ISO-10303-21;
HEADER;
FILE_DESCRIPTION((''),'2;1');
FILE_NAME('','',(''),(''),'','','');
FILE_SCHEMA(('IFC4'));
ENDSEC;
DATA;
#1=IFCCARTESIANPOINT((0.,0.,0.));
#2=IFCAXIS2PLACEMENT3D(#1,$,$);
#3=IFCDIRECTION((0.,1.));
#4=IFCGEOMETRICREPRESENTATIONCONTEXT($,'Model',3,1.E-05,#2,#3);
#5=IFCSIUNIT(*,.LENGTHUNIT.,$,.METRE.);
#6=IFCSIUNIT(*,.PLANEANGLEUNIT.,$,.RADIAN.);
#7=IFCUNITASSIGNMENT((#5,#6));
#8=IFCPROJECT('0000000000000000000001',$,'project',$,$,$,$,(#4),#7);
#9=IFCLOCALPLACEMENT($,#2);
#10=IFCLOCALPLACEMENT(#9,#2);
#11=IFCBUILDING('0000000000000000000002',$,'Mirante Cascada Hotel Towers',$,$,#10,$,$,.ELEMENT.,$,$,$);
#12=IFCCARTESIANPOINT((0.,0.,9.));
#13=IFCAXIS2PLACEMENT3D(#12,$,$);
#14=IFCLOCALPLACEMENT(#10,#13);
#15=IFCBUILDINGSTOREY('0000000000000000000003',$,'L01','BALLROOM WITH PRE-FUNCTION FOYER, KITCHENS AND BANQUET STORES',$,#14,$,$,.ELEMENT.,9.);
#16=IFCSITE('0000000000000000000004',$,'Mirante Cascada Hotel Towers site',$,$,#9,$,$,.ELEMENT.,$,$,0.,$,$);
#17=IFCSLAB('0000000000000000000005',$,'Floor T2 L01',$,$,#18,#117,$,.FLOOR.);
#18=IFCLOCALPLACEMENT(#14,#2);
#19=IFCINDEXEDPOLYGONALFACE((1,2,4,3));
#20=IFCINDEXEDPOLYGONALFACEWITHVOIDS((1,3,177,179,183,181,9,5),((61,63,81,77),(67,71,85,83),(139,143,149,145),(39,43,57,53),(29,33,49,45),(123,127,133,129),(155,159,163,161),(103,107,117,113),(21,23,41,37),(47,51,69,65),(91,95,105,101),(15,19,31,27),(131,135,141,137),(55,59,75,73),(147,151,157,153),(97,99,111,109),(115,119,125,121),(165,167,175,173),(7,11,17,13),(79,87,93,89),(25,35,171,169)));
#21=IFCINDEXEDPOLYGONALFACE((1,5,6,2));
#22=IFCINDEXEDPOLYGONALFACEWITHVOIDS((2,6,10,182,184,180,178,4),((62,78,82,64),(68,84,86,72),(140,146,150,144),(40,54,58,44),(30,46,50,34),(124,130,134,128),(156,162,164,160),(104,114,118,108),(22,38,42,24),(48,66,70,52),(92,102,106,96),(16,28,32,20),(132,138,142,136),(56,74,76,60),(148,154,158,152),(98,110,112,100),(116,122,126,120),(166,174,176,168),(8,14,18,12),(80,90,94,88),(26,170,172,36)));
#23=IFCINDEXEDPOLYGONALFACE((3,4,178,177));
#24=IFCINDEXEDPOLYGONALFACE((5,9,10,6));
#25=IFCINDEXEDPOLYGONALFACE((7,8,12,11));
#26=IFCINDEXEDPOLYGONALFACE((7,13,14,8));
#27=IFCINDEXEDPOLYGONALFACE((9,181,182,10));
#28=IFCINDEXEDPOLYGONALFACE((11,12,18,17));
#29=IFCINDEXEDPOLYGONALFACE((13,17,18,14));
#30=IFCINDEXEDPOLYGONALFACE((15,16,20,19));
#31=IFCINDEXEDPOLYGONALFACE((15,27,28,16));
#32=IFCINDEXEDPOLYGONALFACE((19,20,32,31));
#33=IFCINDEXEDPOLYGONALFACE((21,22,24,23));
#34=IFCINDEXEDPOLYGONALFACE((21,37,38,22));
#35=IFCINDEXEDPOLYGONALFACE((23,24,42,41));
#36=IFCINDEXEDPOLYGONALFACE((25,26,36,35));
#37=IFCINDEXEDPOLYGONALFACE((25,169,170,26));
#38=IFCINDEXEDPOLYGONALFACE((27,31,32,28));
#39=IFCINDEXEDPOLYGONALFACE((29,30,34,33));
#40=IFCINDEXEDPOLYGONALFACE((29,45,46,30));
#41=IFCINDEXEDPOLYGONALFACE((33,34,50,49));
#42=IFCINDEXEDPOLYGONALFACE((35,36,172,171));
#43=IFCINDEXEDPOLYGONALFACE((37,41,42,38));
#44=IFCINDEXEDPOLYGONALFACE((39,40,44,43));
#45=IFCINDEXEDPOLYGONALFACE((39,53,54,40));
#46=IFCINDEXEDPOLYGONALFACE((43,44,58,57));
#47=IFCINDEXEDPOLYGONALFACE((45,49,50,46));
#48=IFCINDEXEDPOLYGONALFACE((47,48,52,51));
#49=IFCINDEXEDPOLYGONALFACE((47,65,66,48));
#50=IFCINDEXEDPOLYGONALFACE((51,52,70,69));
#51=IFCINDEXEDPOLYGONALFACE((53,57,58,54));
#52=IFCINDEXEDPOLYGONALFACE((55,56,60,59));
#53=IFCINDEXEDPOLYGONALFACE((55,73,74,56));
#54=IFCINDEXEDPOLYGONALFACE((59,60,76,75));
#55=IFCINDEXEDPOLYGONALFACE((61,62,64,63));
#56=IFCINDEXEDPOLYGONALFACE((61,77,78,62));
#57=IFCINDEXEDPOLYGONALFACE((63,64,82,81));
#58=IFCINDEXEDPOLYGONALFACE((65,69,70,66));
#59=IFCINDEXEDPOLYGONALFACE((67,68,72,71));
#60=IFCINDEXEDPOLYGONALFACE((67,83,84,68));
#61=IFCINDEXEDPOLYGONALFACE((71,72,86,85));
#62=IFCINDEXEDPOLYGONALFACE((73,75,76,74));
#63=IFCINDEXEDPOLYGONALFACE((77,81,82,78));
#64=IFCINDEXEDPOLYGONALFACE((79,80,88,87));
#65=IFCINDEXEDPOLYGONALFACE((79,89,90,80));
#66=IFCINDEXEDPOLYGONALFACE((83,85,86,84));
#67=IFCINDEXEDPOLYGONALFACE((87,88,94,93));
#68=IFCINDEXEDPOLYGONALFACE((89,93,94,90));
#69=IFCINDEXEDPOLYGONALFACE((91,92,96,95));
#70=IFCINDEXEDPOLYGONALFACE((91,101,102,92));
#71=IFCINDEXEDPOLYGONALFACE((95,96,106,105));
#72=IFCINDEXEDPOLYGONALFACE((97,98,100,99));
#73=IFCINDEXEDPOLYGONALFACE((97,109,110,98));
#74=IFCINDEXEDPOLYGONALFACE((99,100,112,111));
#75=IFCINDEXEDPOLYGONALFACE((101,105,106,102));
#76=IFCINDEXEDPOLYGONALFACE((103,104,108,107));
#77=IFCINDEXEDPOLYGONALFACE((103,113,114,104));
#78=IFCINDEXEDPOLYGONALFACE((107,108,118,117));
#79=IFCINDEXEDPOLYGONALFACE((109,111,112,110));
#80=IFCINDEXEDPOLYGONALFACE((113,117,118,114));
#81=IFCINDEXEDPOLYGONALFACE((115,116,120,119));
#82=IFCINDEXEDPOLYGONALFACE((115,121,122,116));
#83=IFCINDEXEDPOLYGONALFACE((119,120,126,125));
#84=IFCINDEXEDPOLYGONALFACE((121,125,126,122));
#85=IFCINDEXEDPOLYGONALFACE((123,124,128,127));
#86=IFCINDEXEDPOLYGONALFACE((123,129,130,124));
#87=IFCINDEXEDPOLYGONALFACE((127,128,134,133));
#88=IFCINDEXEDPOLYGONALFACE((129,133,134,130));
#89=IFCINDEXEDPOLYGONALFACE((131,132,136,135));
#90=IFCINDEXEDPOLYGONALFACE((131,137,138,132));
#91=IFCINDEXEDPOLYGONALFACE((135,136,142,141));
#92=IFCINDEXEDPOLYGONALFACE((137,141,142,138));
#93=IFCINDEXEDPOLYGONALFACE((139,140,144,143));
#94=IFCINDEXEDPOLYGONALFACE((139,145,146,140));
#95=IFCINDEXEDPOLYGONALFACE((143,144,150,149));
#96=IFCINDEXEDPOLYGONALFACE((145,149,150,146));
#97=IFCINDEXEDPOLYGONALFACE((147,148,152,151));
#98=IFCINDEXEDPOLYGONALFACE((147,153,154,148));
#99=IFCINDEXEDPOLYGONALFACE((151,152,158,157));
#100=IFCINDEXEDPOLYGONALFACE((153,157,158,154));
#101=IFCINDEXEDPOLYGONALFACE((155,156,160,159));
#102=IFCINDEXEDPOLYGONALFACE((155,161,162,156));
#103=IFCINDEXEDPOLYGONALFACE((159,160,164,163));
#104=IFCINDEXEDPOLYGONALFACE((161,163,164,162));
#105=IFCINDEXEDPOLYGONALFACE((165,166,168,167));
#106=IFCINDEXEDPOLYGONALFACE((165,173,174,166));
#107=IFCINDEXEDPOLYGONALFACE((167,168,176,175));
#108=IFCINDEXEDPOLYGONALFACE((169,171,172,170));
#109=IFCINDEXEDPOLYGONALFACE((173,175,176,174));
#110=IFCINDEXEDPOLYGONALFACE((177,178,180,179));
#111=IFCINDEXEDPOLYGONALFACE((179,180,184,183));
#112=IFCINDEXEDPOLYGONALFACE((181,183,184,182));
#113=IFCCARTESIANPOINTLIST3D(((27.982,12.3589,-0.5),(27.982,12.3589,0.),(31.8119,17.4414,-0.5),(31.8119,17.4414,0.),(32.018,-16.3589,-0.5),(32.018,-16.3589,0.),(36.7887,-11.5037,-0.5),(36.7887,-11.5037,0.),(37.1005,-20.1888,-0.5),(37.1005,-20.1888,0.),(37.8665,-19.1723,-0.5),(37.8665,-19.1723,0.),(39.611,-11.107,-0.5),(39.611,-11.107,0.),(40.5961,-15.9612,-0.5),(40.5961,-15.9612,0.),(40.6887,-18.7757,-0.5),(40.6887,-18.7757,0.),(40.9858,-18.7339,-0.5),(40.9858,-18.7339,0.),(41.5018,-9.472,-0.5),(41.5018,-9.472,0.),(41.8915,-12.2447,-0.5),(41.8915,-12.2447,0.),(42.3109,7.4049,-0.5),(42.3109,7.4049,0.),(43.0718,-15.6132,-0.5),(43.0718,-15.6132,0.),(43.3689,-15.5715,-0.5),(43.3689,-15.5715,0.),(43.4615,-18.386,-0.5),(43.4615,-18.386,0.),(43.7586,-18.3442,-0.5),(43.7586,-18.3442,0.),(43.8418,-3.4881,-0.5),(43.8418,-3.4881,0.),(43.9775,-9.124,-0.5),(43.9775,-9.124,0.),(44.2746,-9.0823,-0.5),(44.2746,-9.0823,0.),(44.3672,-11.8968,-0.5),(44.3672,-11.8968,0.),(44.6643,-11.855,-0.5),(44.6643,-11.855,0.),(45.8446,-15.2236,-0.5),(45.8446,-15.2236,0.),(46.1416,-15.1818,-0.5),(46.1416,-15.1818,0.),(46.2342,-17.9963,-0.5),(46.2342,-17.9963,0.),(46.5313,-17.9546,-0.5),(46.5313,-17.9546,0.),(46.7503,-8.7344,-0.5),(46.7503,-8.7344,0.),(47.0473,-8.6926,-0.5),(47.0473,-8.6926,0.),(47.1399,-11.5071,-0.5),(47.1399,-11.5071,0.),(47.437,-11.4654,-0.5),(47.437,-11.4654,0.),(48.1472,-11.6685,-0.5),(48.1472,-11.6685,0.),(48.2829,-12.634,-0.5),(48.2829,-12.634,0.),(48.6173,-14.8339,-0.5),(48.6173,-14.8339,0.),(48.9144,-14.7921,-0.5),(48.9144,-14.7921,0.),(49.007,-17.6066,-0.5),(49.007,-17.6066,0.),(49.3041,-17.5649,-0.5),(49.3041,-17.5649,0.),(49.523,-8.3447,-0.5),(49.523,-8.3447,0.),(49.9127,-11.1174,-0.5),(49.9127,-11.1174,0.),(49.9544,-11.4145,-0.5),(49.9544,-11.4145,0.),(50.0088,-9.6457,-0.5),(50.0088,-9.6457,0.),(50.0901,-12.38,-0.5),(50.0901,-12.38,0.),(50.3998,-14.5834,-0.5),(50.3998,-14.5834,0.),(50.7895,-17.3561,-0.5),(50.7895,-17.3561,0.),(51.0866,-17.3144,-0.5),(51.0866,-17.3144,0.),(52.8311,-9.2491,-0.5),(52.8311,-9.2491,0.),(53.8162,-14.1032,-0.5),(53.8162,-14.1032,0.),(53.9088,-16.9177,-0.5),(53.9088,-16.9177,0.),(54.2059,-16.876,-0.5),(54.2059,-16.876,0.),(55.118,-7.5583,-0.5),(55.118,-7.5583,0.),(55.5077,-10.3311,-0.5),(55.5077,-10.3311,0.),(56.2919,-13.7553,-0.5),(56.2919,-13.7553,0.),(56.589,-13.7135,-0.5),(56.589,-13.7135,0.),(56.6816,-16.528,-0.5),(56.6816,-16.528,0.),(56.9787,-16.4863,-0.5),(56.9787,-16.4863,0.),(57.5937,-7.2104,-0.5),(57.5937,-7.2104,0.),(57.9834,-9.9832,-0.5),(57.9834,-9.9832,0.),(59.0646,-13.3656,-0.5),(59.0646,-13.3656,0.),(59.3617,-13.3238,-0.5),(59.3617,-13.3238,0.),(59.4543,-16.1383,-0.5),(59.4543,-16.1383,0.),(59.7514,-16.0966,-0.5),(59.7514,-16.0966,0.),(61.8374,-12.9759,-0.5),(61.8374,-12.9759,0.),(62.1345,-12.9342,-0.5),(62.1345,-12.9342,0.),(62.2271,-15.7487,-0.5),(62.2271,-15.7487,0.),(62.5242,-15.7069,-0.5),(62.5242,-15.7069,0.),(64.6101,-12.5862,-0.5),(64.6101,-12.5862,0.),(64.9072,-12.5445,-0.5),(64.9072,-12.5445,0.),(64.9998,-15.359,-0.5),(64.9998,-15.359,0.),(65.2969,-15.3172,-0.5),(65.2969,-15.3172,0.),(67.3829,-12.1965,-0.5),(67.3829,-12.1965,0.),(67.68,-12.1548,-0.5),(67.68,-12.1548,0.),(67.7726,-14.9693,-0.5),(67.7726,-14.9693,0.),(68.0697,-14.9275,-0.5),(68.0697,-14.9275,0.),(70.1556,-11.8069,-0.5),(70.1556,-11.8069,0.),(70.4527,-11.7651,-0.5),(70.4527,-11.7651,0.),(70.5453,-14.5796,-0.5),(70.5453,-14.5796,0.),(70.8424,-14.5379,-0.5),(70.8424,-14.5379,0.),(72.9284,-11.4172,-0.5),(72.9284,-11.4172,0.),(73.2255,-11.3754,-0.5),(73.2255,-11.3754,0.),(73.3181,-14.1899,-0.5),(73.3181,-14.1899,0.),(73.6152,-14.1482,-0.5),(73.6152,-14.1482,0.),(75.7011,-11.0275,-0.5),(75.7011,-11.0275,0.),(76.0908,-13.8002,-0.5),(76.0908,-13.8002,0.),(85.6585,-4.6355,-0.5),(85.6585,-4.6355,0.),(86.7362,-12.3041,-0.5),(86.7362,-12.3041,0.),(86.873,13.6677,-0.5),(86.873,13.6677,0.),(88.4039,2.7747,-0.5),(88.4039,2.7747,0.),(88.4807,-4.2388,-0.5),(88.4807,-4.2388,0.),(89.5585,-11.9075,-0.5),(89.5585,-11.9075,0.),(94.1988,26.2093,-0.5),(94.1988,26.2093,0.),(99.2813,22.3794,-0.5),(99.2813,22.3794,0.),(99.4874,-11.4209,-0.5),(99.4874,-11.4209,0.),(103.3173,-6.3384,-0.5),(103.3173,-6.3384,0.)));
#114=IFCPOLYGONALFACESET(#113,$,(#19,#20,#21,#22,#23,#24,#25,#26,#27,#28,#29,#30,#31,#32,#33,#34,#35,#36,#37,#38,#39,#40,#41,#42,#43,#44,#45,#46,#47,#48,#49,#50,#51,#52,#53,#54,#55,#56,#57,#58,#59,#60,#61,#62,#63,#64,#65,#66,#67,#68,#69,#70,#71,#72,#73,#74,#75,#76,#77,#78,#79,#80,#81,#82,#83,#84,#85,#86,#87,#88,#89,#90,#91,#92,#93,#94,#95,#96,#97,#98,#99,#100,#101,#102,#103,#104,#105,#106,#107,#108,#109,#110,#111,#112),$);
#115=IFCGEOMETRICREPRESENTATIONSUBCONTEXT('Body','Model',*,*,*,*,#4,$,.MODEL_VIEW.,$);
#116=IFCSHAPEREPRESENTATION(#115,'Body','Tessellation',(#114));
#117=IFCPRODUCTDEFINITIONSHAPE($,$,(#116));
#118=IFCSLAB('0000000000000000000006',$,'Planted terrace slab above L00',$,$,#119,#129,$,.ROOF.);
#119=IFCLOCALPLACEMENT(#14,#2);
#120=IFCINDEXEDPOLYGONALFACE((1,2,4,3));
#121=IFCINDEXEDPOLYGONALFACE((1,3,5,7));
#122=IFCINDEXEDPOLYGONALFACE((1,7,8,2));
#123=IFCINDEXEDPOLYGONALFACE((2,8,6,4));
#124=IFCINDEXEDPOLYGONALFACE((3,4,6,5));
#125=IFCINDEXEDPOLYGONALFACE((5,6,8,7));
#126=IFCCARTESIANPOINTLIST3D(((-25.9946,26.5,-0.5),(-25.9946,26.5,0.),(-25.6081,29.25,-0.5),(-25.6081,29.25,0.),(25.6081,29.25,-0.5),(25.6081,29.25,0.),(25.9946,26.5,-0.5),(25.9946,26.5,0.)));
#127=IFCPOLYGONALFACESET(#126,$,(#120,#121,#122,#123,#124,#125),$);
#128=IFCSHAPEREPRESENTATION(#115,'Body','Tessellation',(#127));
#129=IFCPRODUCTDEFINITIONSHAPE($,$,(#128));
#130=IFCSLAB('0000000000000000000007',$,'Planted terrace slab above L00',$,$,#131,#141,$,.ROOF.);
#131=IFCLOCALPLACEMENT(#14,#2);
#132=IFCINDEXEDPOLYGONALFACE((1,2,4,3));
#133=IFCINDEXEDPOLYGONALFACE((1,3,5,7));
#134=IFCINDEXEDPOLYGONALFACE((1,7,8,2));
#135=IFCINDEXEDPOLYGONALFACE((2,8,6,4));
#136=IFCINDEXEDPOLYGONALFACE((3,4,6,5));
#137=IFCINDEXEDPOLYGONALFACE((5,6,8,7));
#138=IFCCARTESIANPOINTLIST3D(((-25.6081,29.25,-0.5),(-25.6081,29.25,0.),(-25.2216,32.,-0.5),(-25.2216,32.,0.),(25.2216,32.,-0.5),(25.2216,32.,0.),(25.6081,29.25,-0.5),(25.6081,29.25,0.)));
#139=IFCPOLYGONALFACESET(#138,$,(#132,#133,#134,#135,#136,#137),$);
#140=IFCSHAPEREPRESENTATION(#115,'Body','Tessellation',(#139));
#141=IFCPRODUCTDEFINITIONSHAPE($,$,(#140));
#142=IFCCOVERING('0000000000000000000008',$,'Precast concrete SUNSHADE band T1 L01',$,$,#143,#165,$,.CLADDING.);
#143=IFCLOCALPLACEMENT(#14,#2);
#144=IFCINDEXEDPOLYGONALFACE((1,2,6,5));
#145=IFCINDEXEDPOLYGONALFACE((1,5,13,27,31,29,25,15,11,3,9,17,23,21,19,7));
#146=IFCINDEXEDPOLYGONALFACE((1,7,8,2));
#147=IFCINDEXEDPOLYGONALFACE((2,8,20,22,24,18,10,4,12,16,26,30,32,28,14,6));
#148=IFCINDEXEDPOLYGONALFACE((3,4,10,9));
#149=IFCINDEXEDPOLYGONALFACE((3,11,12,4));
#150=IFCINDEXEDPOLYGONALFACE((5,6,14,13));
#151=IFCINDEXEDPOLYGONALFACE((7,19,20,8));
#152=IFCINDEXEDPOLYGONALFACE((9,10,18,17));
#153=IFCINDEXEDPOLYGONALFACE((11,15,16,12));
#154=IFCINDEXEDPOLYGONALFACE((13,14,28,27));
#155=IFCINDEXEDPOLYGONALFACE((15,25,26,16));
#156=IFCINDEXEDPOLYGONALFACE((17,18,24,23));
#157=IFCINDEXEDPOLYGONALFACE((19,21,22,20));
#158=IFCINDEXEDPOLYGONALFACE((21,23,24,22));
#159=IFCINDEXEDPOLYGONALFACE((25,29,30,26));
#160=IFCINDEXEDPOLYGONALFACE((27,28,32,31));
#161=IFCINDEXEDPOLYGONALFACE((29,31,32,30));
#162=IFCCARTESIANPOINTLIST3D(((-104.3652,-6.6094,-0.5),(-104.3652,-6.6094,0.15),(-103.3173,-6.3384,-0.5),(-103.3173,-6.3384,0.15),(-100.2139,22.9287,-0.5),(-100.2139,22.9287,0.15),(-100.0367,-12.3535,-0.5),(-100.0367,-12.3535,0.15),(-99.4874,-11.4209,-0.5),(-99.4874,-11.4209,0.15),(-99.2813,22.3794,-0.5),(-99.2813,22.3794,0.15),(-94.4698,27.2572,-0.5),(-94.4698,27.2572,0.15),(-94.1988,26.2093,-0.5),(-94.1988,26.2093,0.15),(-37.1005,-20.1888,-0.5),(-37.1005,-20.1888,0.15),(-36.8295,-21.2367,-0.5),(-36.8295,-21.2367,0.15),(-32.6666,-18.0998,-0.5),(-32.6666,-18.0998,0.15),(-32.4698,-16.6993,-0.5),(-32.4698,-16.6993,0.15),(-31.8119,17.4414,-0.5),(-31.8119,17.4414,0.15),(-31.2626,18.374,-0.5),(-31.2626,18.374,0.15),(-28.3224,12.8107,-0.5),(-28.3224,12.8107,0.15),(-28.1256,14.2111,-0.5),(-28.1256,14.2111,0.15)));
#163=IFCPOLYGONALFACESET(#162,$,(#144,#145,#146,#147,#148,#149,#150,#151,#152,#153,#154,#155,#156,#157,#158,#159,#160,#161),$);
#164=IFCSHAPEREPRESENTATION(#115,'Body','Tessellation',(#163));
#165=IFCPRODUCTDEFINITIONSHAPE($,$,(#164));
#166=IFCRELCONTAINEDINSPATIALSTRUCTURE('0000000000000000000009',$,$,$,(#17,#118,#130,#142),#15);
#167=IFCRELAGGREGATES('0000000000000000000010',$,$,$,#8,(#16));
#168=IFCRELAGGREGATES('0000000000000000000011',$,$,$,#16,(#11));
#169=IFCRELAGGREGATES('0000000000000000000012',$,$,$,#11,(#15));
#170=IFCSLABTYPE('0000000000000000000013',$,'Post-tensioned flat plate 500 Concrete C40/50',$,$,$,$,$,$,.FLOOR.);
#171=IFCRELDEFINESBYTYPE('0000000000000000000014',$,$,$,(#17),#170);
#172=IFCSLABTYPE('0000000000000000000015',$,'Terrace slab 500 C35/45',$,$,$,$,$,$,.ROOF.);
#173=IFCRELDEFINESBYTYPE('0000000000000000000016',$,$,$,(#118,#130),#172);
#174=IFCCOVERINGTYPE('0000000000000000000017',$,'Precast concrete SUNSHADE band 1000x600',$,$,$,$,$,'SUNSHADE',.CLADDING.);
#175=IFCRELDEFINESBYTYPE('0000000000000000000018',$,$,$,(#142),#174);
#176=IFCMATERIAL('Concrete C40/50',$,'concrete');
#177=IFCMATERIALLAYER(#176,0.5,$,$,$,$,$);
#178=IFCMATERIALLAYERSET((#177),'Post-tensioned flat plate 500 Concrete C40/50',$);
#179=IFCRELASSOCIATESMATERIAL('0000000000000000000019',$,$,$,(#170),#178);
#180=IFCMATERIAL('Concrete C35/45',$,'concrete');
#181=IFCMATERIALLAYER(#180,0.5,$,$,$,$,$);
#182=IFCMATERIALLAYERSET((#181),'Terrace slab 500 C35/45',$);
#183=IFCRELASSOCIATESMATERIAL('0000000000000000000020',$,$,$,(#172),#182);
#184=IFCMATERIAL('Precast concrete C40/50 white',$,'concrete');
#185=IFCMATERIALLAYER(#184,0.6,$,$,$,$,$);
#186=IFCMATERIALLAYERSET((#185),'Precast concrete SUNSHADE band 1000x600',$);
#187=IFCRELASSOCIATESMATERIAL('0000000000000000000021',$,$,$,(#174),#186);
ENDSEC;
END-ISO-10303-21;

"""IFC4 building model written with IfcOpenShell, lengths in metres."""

from ifc_helpers import new_model, si_unit, direction, frame, origin, place, context, subcontext, project, spatial, polyline, outline, extrude, material, layer, layer_set, type_object, element, save


model = new_model("IFC4")

# Units and contexts
model_context = context("Model", 3, precision=1e-05, world=origin(), true_north=direction((0.0, 1.0)))
body_context = subcontext(model_context, "Body", "Model", "MODEL_VIEW")
ifc_project = project(units=[si_unit("LENGTHUNIT", "METRE"), si_unit("PLANEANGLEUNIT", "RADIAN")], contexts=[model_context])

# Site, building, storey
site_placement = place(None, origin())
site = spatial("IfcSite", under=ifc_project, at=site_placement, Name="Mirante Cascada Hotel Towers site", CompositionType="ELEMENT", RefElevation=0.0)
building_placement = place(site_placement, origin())
building = spatial("IfcBuilding", under=site, at=building_placement, Name="Mirante Cascada Hotel Towers", CompositionType="ELEMENT")
storey_placement = place(building_placement, frame((0.0, 0.0, 9.0)))
storey = spatial("IfcBuildingStorey", under=building, at=storey_placement, Name="L01", Description="BALLROOM WITH PRE-FUNCTION FOYER, KITCHENS AND BANQUET STORES", CompositionType="ELEMENT", Elevation=9.0)

# Slabs
ifc_material_1 = material(Name="Concrete C40/50", Category="concrete")
ifc_layer_1 = layer(ifc_material_1, 0.5)
ifc_layer_set_1 = layer_set([ifc_layer_1], Name="Post-tensioned flat plate 500 Concrete C40/50")
slab_type_1 = type_object("IfcSlabType", Name="Post-tensioned flat plate 500 Concrete C40/50", PredefinedType="FLOOR", material=ifc_layer_set_1)
slab_1_placement = place(storey_placement, frame((0.0, 0.0, -0.5)))
element("IfcSlab", 1, at=slab_1_placement, inside=storey, type_object=slab_type_1, Name="Floor T2 L01", PredefinedType="FLOOR", context=body_context, shape_type="SweptSolid", body=[
    extrude(outline(polyline([(32.018, -16.3589), (27.982, 12.3589), (31.8119, 17.4414), (94.1988, 26.2093), (99.2813, 22.3794), (103.3173, -6.3384), (99.4874, -11.4209), (37.1005, -20.1888), (32.018, -16.3589)]), holes=[polyline([(43.0718, -15.6132), (40.5961, -15.9612), (40.9858, -18.7339), (43.4615, -18.386), (43.0718, -15.6132)]), polyline([(45.8446, -15.2236), (43.3689, -15.5715), (43.7586, -18.3442), (46.2342, -17.9963), (45.8446, -15.2236)]), polyline([(48.6173, -14.8339), (46.1416, -15.1818), (46.5313, -17.9546), (49.007, -17.6066), (48.6173, -14.8339)]), polyline([(50.7895, -17.3561), (50.3998, -14.5834), (48.9144, -14.7921), (49.3041, -17.5649), (50.7895, -17.3561)]), polyline([(56.6816, -16.528), (56.2919, -13.7553), (53.8162, -14.1032), (54.2059, -16.876), (56.6816, -16.528)]), polyline([(37.8665, -19.1723), (40.6887, -18.7757), (39.611, -11.107), (36.7887, -11.5037), (37.8665, -19.1723)]), polyline([(51.0866, -17.3144), (53.9088, -16.9177), (52.8311, -9.2491), (50.0088, -9.6457), (51.0866, -17.3144)]), polyline([(49.9544, -11.4145), (48.1472, -11.6685), (48.2829, -12.634), (50.0901, -12.38), (49.9544, -11.4145)]), polyline([(44.3672, -11.8968), (43.9775, -9.124), (41.5018, -9.472), (41.8915, -12.2447), (44.3672, -11.8968)]), polyline([(47.1399, -11.5071), (46.7503, -8.7344), (44.2746, -9.0823), (44.6643, -11.855), (47.1399, -11.5071)]), polyline([(49.523, -8.3447), (47.0473, -8.6926), (47.437, -11.4654), (49.9127, -11.1174), (49.523, -8.3447)]), polyline([(59.0646, -13.3656), (56.589, -13.7135), (56.9787, -16.4863), (59.4543, -16.1383), (59.0646, -13.3656)]), polyline([(61.8374, -12.9759), (59.3617, -13.3238), (59.7514, -16.0966), (62.2271, -15.7487), (61.8374, -12.9759)]), polyline([(64.9998, -15.359), (64.6101, -12.5862), (62.1345, -12.9342), (62.5242, -15.7069), (64.9998, -15.359)]), polyline([(67.7726, -14.9693), (67.3829, -12.1965), (64.9072, -12.5445), (65.2969, -15.3172), (67.7726, -14.9693)]), polyline([(70.1556, -11.8069), (67.68, -12.1548), (68.0697, -14.9275), (70.5453, -14.5796), (70.1556, -11.8069)]), polyline([(73.3181, -14.1899), (72.9284, -11.4172), (70.4527, -11.7651), (70.8424, -14.5379), (73.3181, -14.1899)]), polyline([(76.0908, -13.8002), (75.7011, -11.0275), (73.2255, -11.3754), (73.6152, -14.1482), (76.0908, -13.8002)]), polyline([(86.7362, -12.3041), (89.5585, -11.9075), (88.4807, -4.2388), (85.6585, -4.6355), (86.7362, -12.3041)]), polyline([(57.9834, -9.9832), (57.5937, -7.2104), (55.118, -7.5583), (55.5077, -10.3311), (57.9834, -9.9832)]), polyline([(88.4039, 2.7747), (86.873, 13.6677), (42.3109, 7.4049), (43.8418, -3.4881), (88.4039, 2.7747)])]), origin(), (0.0, 0.0, 1.0), 0.5),
])
ifc_material_2 = material(Name="Concrete C35/45", Category="concrete")
ifc_layer_2 = layer(ifc_material_2, 0.5)
ifc_layer_set_2 = layer_set([ifc_layer_2], Name="Terrace slab 500 C35/45")
slab_type_2 = type_object("IfcSlabType", Name="Terrace slab 500 C35/45", PredefinedType="ROOF", material=ifc_layer_set_2)
slab_2_placement = place(storey_placement, frame((0.0, 0.0, -0.5)))
element("IfcSlab", 2, at=slab_2_placement, inside=storey, type_object=slab_type_2, Name="Planted terrace slab above L00", PredefinedType="ROOF", context=body_context, shape_type="SweptSolid", body=[
    extrude(outline(polyline([(25.9946, 26.5), (-25.9946, 26.5), (-25.6081, 29.25), (25.6081, 29.25), (25.9946, 26.5)])), origin(), (0.0, 0.0, 1.0), 0.5),
])
slab_3_placement = place(storey_placement, frame((0.0, 0.0, -0.5)))
element("IfcSlab", 3, at=slab_3_placement, inside=storey, type_object=slab_type_2, Name="Planted terrace slab above L00", PredefinedType="ROOF", context=body_context, shape_type="SweptSolid", body=[
    extrude(outline(polyline([(25.2216, 32.0), (25.6081, 29.25), (-25.6081, 29.25), (-25.2216, 32.0), (25.2216, 32.0)])), origin(), (0.0, 0.0, 1.0), 0.5),
])

# Covering
ifc_material_3 = material(Name="Precast concrete C40/50 white", Category="concrete")
ifc_layer_3 = layer(ifc_material_3, 0.6)
ifc_layer_set_3 = layer_set([ifc_layer_3], Name="Precast concrete SUNSHADE band 1000x600")
covering_type = type_object("IfcCoveringType", Name="Precast concrete SUNSHADE band 1000x600", ElementType="SUNSHADE", PredefinedType="CLADDING", material=ifc_layer_set_3)
covering_1_placement = place(storey_placement, frame((0.0, 0.0, -0.5)))
element("IfcCovering", 4, at=covering_1_placement, inside=storey, type_object=covering_type, Name="Precast concrete SUNSHADE band T1 L01", PredefinedType="CLADDING", context=body_context, shape_type="SweptSolid", body=[
    extrude(outline(polyline([(-100.2139, 22.9287), (-94.4698, 27.2572), (-31.2626, 18.374), (-28.1256, 14.2111), (-28.3224, 12.8107), (-31.8119, 17.4414), (-94.1988, 26.2093), (-99.2813, 22.3794), (-103.3173, -6.3384), (-99.4874, -11.4209), (-37.1005, -20.1888), (-32.4698, -16.6993), (-32.6666, -18.0998), (-36.8295, -21.2367), (-100.0367, -12.3535), (-104.3652, -6.6094), (-100.2139, 22.9287)])), origin(), (0.0, 0.0, 1.0), 0.65),
])

save(model, "model.ifc")
